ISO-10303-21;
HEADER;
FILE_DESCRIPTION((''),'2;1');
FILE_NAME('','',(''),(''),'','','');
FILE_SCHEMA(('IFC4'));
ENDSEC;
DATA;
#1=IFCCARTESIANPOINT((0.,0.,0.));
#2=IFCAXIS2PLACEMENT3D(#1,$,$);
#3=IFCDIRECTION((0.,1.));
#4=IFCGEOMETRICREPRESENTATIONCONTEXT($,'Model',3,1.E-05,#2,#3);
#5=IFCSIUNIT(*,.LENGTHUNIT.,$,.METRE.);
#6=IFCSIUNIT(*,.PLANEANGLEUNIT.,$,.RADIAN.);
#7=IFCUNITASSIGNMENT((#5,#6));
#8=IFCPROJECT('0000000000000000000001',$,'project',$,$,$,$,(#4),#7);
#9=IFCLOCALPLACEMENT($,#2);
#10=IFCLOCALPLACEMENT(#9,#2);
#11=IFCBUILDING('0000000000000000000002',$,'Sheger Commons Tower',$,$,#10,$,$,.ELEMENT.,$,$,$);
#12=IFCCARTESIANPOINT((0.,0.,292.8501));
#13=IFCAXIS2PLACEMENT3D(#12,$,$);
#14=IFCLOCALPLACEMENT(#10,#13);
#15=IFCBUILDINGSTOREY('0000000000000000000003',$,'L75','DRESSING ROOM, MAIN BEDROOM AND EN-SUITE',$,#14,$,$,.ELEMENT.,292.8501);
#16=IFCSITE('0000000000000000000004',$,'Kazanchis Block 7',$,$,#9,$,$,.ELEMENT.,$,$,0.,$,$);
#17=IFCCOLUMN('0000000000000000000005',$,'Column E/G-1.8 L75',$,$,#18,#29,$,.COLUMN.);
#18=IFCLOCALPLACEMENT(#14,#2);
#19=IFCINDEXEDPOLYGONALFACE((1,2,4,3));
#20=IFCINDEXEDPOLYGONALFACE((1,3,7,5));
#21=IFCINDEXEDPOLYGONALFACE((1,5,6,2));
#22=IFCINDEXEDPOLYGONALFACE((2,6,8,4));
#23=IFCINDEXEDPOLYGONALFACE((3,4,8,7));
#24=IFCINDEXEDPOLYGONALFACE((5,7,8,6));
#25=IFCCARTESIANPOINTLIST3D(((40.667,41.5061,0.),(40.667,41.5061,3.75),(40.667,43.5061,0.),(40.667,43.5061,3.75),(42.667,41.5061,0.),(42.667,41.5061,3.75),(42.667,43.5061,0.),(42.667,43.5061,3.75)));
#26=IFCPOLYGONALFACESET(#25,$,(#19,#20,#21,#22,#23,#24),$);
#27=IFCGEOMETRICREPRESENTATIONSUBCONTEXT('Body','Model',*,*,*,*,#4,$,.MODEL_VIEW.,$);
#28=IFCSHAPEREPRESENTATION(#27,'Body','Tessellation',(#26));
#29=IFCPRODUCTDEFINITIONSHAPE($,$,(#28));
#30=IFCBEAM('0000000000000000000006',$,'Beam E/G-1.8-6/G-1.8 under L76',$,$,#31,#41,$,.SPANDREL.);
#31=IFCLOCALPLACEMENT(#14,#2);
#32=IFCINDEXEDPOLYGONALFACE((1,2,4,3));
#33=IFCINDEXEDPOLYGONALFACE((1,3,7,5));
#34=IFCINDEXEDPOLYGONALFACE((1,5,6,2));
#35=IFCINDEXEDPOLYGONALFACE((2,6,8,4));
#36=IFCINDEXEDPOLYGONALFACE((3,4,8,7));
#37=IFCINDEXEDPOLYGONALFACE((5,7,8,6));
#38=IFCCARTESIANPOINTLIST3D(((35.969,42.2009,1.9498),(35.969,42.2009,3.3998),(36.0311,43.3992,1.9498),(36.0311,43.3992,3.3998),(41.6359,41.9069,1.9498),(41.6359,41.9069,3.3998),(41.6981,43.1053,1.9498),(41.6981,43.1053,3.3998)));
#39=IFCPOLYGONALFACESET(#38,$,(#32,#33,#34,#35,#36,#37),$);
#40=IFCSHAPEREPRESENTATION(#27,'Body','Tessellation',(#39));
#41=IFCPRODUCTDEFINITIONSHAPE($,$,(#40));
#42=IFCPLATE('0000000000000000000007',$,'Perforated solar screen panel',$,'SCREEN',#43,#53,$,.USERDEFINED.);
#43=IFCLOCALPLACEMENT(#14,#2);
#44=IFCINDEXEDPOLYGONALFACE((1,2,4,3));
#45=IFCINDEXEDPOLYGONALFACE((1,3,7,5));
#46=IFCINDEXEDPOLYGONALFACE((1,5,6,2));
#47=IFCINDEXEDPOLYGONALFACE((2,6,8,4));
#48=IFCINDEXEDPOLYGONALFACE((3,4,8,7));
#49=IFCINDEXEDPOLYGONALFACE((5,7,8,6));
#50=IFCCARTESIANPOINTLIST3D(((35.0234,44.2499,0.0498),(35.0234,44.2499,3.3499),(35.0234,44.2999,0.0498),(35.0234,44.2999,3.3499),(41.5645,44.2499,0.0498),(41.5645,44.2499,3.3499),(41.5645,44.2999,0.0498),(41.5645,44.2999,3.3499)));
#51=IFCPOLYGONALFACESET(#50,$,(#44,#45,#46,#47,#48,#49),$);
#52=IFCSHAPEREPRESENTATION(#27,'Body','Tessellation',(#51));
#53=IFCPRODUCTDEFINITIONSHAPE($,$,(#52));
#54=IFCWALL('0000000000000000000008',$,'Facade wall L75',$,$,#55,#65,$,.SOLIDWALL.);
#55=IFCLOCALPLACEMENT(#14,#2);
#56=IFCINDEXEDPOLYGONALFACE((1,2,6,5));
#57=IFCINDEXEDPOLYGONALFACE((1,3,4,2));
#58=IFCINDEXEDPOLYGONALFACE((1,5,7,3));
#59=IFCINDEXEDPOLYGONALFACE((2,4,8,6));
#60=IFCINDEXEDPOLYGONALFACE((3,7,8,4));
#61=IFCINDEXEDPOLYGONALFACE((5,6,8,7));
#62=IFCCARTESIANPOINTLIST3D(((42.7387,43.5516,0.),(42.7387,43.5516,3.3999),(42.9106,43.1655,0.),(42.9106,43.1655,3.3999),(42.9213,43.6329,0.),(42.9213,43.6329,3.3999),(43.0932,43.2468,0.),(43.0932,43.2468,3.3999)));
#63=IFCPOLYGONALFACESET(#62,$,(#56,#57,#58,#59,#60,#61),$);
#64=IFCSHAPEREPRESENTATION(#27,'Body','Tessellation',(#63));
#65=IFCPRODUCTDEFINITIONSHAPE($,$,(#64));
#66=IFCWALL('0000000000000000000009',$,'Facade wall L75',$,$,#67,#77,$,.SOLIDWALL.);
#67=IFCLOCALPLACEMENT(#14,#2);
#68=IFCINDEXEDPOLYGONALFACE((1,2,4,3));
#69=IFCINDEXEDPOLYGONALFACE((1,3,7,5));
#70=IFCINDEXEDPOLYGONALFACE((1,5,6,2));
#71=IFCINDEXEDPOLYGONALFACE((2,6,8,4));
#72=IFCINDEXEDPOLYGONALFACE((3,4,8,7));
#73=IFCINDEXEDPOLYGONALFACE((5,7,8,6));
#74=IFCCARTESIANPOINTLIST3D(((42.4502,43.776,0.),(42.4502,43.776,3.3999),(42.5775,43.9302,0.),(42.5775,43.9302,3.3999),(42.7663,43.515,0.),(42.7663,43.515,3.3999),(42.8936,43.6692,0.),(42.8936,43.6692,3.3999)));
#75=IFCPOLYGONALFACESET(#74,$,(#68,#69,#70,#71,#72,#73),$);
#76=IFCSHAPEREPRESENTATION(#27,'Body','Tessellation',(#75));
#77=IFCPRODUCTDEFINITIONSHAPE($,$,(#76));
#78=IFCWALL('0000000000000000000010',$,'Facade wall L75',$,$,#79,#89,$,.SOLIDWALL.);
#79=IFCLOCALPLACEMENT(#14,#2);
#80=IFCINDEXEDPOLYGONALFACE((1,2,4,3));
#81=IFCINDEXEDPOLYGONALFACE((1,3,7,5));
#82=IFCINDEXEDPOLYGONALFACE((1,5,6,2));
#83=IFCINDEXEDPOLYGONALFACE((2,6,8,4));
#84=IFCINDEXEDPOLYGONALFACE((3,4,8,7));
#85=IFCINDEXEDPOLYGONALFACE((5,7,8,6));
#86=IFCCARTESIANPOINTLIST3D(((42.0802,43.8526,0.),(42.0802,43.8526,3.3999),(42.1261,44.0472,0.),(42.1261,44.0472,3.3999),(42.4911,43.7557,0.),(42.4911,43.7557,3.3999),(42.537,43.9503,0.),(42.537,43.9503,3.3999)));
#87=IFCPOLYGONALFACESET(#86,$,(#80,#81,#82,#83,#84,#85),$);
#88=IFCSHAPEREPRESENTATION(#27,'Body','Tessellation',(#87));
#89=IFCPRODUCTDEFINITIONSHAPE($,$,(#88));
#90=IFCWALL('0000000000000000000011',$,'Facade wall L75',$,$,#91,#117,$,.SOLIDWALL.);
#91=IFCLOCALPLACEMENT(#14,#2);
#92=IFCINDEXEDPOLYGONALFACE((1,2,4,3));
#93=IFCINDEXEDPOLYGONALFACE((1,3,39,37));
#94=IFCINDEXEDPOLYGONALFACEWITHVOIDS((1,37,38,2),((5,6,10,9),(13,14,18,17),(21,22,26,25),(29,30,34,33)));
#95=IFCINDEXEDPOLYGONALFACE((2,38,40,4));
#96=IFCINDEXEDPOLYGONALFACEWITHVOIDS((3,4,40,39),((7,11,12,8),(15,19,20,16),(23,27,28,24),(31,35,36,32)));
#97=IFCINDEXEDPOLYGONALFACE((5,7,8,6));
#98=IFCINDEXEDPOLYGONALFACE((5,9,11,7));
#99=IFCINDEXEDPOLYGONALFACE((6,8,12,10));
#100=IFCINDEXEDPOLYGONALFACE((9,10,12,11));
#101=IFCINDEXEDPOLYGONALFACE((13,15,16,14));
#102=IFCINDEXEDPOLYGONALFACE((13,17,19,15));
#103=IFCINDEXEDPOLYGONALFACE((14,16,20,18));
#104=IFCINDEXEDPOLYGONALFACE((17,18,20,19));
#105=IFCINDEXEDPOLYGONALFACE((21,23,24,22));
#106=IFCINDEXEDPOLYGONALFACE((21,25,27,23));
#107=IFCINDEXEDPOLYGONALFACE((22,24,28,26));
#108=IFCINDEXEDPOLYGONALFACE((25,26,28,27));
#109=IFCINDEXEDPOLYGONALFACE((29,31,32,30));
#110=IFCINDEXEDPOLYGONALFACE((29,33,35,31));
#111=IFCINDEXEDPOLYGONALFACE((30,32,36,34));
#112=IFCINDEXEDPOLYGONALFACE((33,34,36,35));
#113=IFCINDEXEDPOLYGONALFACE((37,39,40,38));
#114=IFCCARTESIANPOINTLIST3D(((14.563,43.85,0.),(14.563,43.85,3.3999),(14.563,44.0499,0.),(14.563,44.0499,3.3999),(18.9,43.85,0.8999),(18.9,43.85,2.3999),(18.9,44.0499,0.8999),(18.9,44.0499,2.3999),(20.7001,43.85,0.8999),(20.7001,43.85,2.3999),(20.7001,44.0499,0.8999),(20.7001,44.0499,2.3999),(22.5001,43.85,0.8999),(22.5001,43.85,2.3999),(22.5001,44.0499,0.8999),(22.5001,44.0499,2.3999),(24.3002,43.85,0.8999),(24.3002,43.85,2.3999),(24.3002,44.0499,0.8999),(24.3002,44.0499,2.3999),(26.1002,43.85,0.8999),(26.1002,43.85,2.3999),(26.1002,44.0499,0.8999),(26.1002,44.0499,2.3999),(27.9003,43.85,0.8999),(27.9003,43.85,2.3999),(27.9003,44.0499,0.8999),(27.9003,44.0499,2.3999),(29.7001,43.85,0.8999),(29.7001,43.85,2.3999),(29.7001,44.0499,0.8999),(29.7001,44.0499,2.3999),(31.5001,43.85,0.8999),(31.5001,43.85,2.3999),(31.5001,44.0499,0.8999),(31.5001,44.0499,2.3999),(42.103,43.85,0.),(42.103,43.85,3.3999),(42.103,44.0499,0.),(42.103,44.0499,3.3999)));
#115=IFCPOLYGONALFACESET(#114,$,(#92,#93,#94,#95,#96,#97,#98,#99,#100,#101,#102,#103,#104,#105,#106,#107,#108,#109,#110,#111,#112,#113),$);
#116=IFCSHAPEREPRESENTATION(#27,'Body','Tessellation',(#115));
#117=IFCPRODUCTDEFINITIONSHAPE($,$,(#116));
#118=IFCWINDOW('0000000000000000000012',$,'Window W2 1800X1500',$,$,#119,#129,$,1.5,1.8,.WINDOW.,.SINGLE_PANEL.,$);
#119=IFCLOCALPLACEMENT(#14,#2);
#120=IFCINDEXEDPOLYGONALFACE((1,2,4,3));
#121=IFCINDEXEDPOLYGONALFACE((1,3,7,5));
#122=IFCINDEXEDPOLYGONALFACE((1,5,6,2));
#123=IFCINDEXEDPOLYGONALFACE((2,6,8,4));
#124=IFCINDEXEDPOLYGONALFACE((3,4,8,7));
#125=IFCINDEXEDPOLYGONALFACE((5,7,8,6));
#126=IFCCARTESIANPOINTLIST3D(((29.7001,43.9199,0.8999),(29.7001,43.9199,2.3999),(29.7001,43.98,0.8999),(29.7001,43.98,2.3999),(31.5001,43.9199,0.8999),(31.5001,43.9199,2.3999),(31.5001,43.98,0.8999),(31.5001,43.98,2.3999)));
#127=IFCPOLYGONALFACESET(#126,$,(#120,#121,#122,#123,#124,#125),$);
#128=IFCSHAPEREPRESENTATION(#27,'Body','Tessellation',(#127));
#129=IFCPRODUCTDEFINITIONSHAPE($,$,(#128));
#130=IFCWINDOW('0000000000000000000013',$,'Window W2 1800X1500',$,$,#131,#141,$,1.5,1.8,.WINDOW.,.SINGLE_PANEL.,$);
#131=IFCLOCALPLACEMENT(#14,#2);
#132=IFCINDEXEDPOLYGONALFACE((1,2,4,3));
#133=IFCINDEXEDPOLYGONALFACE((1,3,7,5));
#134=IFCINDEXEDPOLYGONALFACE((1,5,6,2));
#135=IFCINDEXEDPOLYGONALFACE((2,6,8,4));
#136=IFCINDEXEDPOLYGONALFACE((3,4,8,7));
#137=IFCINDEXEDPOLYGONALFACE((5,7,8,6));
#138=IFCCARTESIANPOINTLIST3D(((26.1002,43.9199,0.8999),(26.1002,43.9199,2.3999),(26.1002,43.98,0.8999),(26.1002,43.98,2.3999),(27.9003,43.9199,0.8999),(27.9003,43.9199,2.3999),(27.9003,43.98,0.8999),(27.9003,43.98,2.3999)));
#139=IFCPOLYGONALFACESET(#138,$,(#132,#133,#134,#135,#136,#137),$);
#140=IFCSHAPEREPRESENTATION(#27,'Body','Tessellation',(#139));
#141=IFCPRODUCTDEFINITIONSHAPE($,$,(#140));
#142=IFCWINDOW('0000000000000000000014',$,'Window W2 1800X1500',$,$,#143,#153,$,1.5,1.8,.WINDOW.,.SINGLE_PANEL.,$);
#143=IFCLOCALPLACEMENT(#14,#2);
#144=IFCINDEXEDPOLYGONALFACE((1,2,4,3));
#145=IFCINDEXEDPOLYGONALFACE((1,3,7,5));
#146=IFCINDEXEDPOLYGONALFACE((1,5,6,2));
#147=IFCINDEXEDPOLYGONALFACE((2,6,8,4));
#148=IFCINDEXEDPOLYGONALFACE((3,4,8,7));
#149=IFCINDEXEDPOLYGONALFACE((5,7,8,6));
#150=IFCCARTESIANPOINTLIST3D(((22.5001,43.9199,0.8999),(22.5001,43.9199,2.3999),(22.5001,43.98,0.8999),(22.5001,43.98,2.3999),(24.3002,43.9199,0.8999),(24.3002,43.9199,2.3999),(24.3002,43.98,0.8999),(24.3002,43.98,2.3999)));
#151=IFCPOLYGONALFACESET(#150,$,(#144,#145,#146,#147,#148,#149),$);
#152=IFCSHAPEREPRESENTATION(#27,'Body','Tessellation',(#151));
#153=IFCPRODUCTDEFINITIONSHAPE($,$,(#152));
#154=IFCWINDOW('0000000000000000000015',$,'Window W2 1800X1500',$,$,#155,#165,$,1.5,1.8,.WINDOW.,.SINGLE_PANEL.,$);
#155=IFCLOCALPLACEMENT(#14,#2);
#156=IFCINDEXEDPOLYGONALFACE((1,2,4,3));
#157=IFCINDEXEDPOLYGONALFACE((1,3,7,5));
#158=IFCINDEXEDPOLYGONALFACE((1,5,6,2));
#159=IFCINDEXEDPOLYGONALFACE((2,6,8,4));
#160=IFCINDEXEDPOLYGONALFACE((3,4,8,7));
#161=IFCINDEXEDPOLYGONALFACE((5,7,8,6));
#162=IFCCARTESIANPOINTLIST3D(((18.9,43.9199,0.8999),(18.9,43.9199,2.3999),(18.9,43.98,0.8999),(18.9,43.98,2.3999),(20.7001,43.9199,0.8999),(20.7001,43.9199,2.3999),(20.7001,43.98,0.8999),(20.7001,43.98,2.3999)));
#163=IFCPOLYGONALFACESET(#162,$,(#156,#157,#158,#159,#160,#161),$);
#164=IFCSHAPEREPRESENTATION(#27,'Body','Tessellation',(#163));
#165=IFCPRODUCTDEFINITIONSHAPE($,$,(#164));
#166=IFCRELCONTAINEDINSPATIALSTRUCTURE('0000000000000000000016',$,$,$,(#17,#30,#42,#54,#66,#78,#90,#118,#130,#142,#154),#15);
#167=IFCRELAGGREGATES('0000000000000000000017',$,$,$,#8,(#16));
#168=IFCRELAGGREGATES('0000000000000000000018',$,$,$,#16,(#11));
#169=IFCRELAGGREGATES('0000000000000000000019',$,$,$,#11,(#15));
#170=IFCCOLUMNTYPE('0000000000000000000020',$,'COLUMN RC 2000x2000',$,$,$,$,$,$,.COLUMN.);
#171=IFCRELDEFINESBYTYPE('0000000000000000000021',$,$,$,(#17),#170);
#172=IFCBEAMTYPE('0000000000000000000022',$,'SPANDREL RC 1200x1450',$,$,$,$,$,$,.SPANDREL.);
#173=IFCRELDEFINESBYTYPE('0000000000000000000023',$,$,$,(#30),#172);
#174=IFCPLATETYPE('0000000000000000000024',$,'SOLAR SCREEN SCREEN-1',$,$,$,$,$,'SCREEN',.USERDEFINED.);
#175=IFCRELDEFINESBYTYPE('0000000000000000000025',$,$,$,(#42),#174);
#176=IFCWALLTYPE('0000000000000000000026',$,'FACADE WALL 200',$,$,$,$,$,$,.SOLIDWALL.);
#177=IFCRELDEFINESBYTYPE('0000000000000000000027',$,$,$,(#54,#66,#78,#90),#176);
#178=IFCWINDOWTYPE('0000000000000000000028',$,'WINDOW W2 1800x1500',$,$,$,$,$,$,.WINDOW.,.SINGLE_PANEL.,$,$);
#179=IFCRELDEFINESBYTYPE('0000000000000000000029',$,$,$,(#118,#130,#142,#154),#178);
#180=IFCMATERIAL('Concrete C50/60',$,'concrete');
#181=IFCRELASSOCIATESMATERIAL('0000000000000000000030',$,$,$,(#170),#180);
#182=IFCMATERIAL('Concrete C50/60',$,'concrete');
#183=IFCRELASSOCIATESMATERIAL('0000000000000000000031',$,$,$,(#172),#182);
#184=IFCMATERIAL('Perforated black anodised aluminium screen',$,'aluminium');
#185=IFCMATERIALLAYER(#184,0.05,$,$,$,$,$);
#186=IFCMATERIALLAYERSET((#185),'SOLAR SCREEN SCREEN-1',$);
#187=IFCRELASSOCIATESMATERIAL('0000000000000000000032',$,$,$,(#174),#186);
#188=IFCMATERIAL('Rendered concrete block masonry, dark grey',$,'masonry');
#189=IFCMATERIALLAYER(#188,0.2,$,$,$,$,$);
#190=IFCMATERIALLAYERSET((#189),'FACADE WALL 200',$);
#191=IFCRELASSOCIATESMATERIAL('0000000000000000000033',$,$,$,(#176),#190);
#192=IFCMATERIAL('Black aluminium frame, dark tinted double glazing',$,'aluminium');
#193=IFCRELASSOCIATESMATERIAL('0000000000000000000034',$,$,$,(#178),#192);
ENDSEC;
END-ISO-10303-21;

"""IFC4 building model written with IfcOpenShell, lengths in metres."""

from ifc_helpers import new_model, si_unit, direction, frame, frame_2d, origin, origin_2d, place, context, subcontext, project, spatial, rectangle, extrude, material, layer, layer_set, material_profile, profile_set, type_object, element, fill, save


model = new_model("IFC4")

# Units and contexts
model_context = context("Model", 3, precision=1e-05, world=origin(), true_north=direction((0.0, 1.0)))
body_context = subcontext(model_context, "Body", "Model", "MODEL_VIEW")
ifc_project = project(units=[si_unit("LENGTHUNIT", "METRE"), si_unit("PLANEANGLEUNIT", "RADIAN")], contexts=[model_context])

# Site, building, storey
site_placement = place(None, origin())
site = spatial("IfcSite", under=ifc_project, at=site_placement, Name="Kazanchis Block 7", CompositionType="ELEMENT", RefElevation=0.0)
building_placement = place(site_placement, origin())
building = spatial("IfcBuilding", under=site, at=building_placement, Name="Sheger Commons Tower", CompositionType="ELEMENT")
storey_placement = place(building_placement, frame((0.0, 0.0, 292.8501)))
storey = spatial("IfcBuildingStorey", under=building, at=storey_placement, Name="L75", Description="DRESSING ROOM, MAIN BEDROOM AND EN-SUITE", CompositionType="ELEMENT", Elevation=292.8501)

# Column
ifc_material_1 = material(Name="Concrete C50/60", Category="concrete")
ifc_material_profile_1 = material_profile(ifc_material_1, rectangle(XDim=2.0, YDim=2.0, at=origin_2d()), Name="RC 2000x2000")
ifc_profile_set_1 = profile_set([ifc_material_profile_1], Name="Concrete C50/60")
column_type = type_object("IfcColumnType", Name="COLUMN RC 2000x2000", PredefinedType="COLUMN", material=ifc_profile_set_1)
column_placement = place(storey_placement, frame((41.667, 42.5061, 0.0), z_axis=(0.0, 0.0, 1.0), x_axis=(1.0, 0.0, 0.0)))
element("IfcColumn", 1, at=column_placement, inside=storey, type_object=column_type, Name="Column E/G-1.8 L75", PredefinedType="COLUMN", context=body_context, shape_type="SweptSolid", body=[
    extrude(rectangle(XDim=2.0, YDim=2.0, at=origin_2d()), origin(), (0.0, 0.0, 1.0), 3.75),
])

# Beam
ifc_material_2 = material(Name="Concrete C50/60", Category="concrete")
ifc_material_profile_2 = material_profile(ifc_material_2, rectangle(XDim=1.2, YDim=1.45, at=origin_2d()), Name="RC 1200x1450")
ifc_profile_set_2 = profile_set([ifc_material_profile_2], Name="Concrete C50/60")
beam_type = type_object("IfcBeamType", Name="SPANDREL RC 1200x1450", PredefinedType="SPANDREL", material=ifc_profile_set_2)
beam_placement = place(storey_placement, frame((41.667, 42.5061, 2.6748), z_axis=(-0.998657, 0.0518, 0.0), x_axis=(-0.0518, -0.998657, 0.0)))
element("IfcBeam", 2, at=beam_placement, inside=storey, type_object=beam_type, Name="Beam E/G-1.8-6/G-1.8 under L76", PredefinedType="SPANDREL", context=body_context, shape_type="SweptSolid", body=[
    extrude(rectangle(XDim=1.2, YDim=1.45, at=origin_2d()), origin(), (0.0, 0.0, 1.0), 5.6746),
])

# Plate
ifc_material_3 = material(Name="Perforated black anodised aluminium screen", Category="aluminium")
ifc_layer_1 = layer(ifc_material_3, 0.05)
ifc_layer_set_1 = layer_set([ifc_layer_1], Name="SOLAR SCREEN SCREEN-1")
plate_type = type_object("IfcPlateType", Name="SOLAR SCREEN SCREEN-1", ElementType="SCREEN", PredefinedType="USERDEFINED", material=ifc_layer_set_1)
plate_placement = place(storey_placement, frame((38.2939, 44.2749, 0.0498), z_axis=(0.0, 0.0, 1.0), x_axis=(-1.0, 0.0, 0.0)))
element("IfcPlate", 3, at=plate_placement, inside=storey, type_object=plate_type, Name="Perforated solar screen panel", ObjectType="SCREEN", PredefinedType="USERDEFINED", context=body_context, shape_type="SweptSolid", body=[
    extrude(rectangle(XDim=6.541, YDim=0.05, at=origin_2d()), origin(), (0.0, 0.0, 1.0), 3.3),
])

# Walls
ifc_material_4 = material(Name="Rendered concrete block masonry, dark grey", Category="masonry")
ifc_layer_2 = layer(ifc_material_4, 0.2)
ifc_layer_set_2 = layer_set([ifc_layer_2], Name="FACADE WALL 200")
wall_type_1 = type_object("IfcWallType", Name="FACADE WALL 200", PredefinedType="SOLIDWALL", material=ifc_layer_set_2)
wall_1_placement = place(storey_placement, frame((43.002, 43.2061, 0.0), z_axis=(0.0, 0.0, 1.0), x_axis=(-0.406782, 0.913525, 0.0)))
element("IfcWall", 4, at=wall_1_placement, inside=storey, type_object=wall_type_1, Name="Facade wall L75", PredefinedType="SOLIDWALL", context=body_context, shape_type="SweptSolid", body=[
    extrude(rectangle(XDim=0.4226, YDim=0.2, at=frame_2d((0.2114, 0.0))), origin(), (0.0, 0.0, 1.0), 3.3999),
])
wall_2_placement = place(storey_placement, frame((42.8301, 43.592, 0.0), z_axis=(0.0, 0.0, 1.0), x_axis=(-0.771191, 0.636604, 0.0)))
element("IfcWall", 5, at=wall_2_placement, inside=storey, type_object=wall_type_1, Name="Facade wall L75", PredefinedType="SOLIDWALL", context=body_context, shape_type="SweptSolid", body=[
    extrude(rectangle(XDim=0.4099, YDim=0.2, at=frame_2d((0.2051, 0.0))), origin(), (0.0, 0.0, 1.0), 3.3999),
])
wall_3_placement = place(storey_placement, frame((42.5139, 43.853, 0.0), z_axis=(0.0, 0.0, 1.0), x_axis=(-0.973288, 0.229587, 0.0)))
element("IfcWall", 6, at=wall_3_placement, inside=storey, type_object=wall_type_1, Name="Facade wall L75", PredefinedType="SOLIDWALL", context=body_context, shape_type="SweptSolid", body=[
    extrude(rectangle(XDim=0.4221, YDim=0.2, at=frame_2d((0.2109, 0.0))), origin(), (0.0, 0.0, 1.0), 3.3999),
])

# Wall, openings, windows
wall_4_placement = place(storey_placement, frame((42.103, 43.95, 0.0), z_axis=(0.0, 0.0, 1.0), x_axis=(-1.0, 0.0, 0.0)))
wall_4 = element("IfcWall", 7, at=wall_4_placement, inside=storey, type_object=wall_type_1, Name="Facade wall L75", PredefinedType="SOLIDWALL", context=body_context, shape_type="SweptSolid", body=[
    extrude(rectangle(XDim=27.54, YDim=0.2, at=frame_2d((13.77, 0.0))), origin(), (0.0, 0.0, 1.0), 3.3999),
])
opening_1_placement = place(wall_4_placement, frame((10.603, 0.0, 0.8999)))
opening_1 = element("IfcOpeningElement", 8, at=opening_1_placement, cuts=wall_4, PredefinedType="OPENING", context=body_context, shape_type="SweptSolid", body=[
    extrude(rectangle(XDim=1.8, YDim=1.5, at=frame_2d((0.8999, 0.75))), frame((0.0, 0.1099, 0.0), z_axis=(0.0, -1.0, 0.0), x_axis=(1.0, 0.0, 0.0)), (0.0, 0.0, 1.0), 0.22),
])
opening_2_placement = place(wall_4_placement, frame((14.2029, 0.0, 0.8999)))
opening_2 = element("IfcOpeningElement", 9, at=opening_2_placement, cuts=wall_4, PredefinedType="OPENING", context=body_context, shape_type="SweptSolid", body=[
    extrude(rectangle(XDim=1.8, YDim=1.5, at=frame_2d((0.8999, 0.75))), frame((0.0, 0.1099, 0.0), z_axis=(0.0, -1.0, 0.0), x_axis=(1.0, 0.0, 0.0)), (0.0, 0.0, 1.0), 0.22),
])
opening_3_placement = place(wall_4_placement, frame((17.803, 0.0, 0.8999)))
opening_3 = element("IfcOpeningElement", 10, at=opening_3_placement, cuts=wall_4, PredefinedType="OPENING", context=body_context, shape_type="SweptSolid", body=[
    extrude(rectangle(XDim=1.8, YDim=1.5, at=frame_2d((0.8999, 0.75))), frame((0.0, 0.1099, 0.0), z_axis=(0.0, -1.0, 0.0), x_axis=(1.0, 0.0, 0.0)), (0.0, 0.0, 1.0), 0.22),
])
opening_4_placement = place(wall_4_placement, frame((21.4031, 0.0, 0.8999)))
opening_4 = element("IfcOpeningElement", 11, at=opening_4_placement, cuts=wall_4, PredefinedType="OPENING", context=body_context, shape_type="SweptSolid", body=[
    extrude(rectangle(XDim=1.8, YDim=1.5, at=frame_2d((0.8999, 0.75))), frame((0.0, 0.1099, 0.0), z_axis=(0.0, -1.0, 0.0), x_axis=(1.0, 0.0, 0.0)), (0.0, 0.0, 1.0), 0.22),
])
ifc_material_5 = material(Name="Black aluminium frame, dark tinted double glazing", Category="aluminium")
window_type = type_object("IfcWindowType", Name="WINDOW W2 1800x1500", PartitioningType="SINGLE_PANEL", PredefinedType="WINDOW", material=ifc_material_5)
window_1_placement = place(opening_1_placement, origin())
window_1 = element("IfcWindow", 12, at=window_1_placement, inside=storey, type_object=window_type, Name="Window W2 1800X1500", OverallHeight=1.5, OverallWidth=1.8, PartitioningType="SINGLE_PANEL", PredefinedType="WINDOW", context=body_context, shape_type="SweptSolid", body=[
    extrude(rectangle(XDim=1.8, YDim=1.5, at=frame_2d((0.8999, 0.75))), frame((0.0, 0.03, 0.0), z_axis=(0.0, -1.0, 0.0), x_axis=(1.0, 0.0, 0.0)), (0.0, 0.0, 1.0), 0.0601),
])
fill(opening_1, window_1)
window_2_placement = place(opening_2_placement, origin())
window_2 = element("IfcWindow", 13, at=window_2_placement, inside=storey, type_object=window_type, Name="Window W2 1800X1500", OverallHeight=1.5, OverallWidth=1.8, PartitioningType="SINGLE_PANEL", PredefinedType="WINDOW", context=body_context, shape_type="SweptSolid", body=[
    extrude(rectangle(XDim=1.8, YDim=1.5, at=frame_2d((0.8999, 0.75))), frame((0.0, 0.03, 0.0), z_axis=(0.0, -1.0, 0.0), x_axis=(1.0, 0.0, 0.0)), (0.0, 0.0, 1.0), 0.0601),
])
fill(opening_2, window_2)
window_3_placement = place(opening_3_placement, origin())
window_3 = element("IfcWindow", 14, at=window_3_placement, inside=storey, type_object=window_type, Name="Window W2 1800X1500", OverallHeight=1.5, OverallWidth=1.8, PartitioningType="SINGLE_PANEL", PredefinedType="WINDOW", context=body_context, shape_type="SweptSolid", body=[
    extrude(rectangle(XDim=1.8, YDim=1.5, at=frame_2d((0.8999, 0.75))), frame((0.0, 0.03, 0.0), z_axis=(0.0, -1.0, 0.0), x_axis=(1.0, 0.0, 0.0)), (0.0, 0.0, 1.0), 0.0601),
])
fill(opening_3, window_3)
window_4_placement = place(opening_4_placement, origin())
window_4 = element("IfcWindow", 15, at=window_4_placement, inside=storey, type_object=window_type, Name="Window W2 1800X1500", OverallHeight=1.5, OverallWidth=1.8, PartitioningType="SINGLE_PANEL", PredefinedType="WINDOW", context=body_context, shape_type="SweptSolid", body=[
    extrude(rectangle(XDim=1.8, YDim=1.5, at=frame_2d((0.8999, 0.75))), frame((0.0, 0.03, 0.0), z_axis=(0.0, -1.0, 0.0), x_axis=(1.0, 0.0, 0.0)), (0.0, 0.0, 1.0), 0.0601),
])
fill(opening_4, window_4)

save(model, "model.ifc")
